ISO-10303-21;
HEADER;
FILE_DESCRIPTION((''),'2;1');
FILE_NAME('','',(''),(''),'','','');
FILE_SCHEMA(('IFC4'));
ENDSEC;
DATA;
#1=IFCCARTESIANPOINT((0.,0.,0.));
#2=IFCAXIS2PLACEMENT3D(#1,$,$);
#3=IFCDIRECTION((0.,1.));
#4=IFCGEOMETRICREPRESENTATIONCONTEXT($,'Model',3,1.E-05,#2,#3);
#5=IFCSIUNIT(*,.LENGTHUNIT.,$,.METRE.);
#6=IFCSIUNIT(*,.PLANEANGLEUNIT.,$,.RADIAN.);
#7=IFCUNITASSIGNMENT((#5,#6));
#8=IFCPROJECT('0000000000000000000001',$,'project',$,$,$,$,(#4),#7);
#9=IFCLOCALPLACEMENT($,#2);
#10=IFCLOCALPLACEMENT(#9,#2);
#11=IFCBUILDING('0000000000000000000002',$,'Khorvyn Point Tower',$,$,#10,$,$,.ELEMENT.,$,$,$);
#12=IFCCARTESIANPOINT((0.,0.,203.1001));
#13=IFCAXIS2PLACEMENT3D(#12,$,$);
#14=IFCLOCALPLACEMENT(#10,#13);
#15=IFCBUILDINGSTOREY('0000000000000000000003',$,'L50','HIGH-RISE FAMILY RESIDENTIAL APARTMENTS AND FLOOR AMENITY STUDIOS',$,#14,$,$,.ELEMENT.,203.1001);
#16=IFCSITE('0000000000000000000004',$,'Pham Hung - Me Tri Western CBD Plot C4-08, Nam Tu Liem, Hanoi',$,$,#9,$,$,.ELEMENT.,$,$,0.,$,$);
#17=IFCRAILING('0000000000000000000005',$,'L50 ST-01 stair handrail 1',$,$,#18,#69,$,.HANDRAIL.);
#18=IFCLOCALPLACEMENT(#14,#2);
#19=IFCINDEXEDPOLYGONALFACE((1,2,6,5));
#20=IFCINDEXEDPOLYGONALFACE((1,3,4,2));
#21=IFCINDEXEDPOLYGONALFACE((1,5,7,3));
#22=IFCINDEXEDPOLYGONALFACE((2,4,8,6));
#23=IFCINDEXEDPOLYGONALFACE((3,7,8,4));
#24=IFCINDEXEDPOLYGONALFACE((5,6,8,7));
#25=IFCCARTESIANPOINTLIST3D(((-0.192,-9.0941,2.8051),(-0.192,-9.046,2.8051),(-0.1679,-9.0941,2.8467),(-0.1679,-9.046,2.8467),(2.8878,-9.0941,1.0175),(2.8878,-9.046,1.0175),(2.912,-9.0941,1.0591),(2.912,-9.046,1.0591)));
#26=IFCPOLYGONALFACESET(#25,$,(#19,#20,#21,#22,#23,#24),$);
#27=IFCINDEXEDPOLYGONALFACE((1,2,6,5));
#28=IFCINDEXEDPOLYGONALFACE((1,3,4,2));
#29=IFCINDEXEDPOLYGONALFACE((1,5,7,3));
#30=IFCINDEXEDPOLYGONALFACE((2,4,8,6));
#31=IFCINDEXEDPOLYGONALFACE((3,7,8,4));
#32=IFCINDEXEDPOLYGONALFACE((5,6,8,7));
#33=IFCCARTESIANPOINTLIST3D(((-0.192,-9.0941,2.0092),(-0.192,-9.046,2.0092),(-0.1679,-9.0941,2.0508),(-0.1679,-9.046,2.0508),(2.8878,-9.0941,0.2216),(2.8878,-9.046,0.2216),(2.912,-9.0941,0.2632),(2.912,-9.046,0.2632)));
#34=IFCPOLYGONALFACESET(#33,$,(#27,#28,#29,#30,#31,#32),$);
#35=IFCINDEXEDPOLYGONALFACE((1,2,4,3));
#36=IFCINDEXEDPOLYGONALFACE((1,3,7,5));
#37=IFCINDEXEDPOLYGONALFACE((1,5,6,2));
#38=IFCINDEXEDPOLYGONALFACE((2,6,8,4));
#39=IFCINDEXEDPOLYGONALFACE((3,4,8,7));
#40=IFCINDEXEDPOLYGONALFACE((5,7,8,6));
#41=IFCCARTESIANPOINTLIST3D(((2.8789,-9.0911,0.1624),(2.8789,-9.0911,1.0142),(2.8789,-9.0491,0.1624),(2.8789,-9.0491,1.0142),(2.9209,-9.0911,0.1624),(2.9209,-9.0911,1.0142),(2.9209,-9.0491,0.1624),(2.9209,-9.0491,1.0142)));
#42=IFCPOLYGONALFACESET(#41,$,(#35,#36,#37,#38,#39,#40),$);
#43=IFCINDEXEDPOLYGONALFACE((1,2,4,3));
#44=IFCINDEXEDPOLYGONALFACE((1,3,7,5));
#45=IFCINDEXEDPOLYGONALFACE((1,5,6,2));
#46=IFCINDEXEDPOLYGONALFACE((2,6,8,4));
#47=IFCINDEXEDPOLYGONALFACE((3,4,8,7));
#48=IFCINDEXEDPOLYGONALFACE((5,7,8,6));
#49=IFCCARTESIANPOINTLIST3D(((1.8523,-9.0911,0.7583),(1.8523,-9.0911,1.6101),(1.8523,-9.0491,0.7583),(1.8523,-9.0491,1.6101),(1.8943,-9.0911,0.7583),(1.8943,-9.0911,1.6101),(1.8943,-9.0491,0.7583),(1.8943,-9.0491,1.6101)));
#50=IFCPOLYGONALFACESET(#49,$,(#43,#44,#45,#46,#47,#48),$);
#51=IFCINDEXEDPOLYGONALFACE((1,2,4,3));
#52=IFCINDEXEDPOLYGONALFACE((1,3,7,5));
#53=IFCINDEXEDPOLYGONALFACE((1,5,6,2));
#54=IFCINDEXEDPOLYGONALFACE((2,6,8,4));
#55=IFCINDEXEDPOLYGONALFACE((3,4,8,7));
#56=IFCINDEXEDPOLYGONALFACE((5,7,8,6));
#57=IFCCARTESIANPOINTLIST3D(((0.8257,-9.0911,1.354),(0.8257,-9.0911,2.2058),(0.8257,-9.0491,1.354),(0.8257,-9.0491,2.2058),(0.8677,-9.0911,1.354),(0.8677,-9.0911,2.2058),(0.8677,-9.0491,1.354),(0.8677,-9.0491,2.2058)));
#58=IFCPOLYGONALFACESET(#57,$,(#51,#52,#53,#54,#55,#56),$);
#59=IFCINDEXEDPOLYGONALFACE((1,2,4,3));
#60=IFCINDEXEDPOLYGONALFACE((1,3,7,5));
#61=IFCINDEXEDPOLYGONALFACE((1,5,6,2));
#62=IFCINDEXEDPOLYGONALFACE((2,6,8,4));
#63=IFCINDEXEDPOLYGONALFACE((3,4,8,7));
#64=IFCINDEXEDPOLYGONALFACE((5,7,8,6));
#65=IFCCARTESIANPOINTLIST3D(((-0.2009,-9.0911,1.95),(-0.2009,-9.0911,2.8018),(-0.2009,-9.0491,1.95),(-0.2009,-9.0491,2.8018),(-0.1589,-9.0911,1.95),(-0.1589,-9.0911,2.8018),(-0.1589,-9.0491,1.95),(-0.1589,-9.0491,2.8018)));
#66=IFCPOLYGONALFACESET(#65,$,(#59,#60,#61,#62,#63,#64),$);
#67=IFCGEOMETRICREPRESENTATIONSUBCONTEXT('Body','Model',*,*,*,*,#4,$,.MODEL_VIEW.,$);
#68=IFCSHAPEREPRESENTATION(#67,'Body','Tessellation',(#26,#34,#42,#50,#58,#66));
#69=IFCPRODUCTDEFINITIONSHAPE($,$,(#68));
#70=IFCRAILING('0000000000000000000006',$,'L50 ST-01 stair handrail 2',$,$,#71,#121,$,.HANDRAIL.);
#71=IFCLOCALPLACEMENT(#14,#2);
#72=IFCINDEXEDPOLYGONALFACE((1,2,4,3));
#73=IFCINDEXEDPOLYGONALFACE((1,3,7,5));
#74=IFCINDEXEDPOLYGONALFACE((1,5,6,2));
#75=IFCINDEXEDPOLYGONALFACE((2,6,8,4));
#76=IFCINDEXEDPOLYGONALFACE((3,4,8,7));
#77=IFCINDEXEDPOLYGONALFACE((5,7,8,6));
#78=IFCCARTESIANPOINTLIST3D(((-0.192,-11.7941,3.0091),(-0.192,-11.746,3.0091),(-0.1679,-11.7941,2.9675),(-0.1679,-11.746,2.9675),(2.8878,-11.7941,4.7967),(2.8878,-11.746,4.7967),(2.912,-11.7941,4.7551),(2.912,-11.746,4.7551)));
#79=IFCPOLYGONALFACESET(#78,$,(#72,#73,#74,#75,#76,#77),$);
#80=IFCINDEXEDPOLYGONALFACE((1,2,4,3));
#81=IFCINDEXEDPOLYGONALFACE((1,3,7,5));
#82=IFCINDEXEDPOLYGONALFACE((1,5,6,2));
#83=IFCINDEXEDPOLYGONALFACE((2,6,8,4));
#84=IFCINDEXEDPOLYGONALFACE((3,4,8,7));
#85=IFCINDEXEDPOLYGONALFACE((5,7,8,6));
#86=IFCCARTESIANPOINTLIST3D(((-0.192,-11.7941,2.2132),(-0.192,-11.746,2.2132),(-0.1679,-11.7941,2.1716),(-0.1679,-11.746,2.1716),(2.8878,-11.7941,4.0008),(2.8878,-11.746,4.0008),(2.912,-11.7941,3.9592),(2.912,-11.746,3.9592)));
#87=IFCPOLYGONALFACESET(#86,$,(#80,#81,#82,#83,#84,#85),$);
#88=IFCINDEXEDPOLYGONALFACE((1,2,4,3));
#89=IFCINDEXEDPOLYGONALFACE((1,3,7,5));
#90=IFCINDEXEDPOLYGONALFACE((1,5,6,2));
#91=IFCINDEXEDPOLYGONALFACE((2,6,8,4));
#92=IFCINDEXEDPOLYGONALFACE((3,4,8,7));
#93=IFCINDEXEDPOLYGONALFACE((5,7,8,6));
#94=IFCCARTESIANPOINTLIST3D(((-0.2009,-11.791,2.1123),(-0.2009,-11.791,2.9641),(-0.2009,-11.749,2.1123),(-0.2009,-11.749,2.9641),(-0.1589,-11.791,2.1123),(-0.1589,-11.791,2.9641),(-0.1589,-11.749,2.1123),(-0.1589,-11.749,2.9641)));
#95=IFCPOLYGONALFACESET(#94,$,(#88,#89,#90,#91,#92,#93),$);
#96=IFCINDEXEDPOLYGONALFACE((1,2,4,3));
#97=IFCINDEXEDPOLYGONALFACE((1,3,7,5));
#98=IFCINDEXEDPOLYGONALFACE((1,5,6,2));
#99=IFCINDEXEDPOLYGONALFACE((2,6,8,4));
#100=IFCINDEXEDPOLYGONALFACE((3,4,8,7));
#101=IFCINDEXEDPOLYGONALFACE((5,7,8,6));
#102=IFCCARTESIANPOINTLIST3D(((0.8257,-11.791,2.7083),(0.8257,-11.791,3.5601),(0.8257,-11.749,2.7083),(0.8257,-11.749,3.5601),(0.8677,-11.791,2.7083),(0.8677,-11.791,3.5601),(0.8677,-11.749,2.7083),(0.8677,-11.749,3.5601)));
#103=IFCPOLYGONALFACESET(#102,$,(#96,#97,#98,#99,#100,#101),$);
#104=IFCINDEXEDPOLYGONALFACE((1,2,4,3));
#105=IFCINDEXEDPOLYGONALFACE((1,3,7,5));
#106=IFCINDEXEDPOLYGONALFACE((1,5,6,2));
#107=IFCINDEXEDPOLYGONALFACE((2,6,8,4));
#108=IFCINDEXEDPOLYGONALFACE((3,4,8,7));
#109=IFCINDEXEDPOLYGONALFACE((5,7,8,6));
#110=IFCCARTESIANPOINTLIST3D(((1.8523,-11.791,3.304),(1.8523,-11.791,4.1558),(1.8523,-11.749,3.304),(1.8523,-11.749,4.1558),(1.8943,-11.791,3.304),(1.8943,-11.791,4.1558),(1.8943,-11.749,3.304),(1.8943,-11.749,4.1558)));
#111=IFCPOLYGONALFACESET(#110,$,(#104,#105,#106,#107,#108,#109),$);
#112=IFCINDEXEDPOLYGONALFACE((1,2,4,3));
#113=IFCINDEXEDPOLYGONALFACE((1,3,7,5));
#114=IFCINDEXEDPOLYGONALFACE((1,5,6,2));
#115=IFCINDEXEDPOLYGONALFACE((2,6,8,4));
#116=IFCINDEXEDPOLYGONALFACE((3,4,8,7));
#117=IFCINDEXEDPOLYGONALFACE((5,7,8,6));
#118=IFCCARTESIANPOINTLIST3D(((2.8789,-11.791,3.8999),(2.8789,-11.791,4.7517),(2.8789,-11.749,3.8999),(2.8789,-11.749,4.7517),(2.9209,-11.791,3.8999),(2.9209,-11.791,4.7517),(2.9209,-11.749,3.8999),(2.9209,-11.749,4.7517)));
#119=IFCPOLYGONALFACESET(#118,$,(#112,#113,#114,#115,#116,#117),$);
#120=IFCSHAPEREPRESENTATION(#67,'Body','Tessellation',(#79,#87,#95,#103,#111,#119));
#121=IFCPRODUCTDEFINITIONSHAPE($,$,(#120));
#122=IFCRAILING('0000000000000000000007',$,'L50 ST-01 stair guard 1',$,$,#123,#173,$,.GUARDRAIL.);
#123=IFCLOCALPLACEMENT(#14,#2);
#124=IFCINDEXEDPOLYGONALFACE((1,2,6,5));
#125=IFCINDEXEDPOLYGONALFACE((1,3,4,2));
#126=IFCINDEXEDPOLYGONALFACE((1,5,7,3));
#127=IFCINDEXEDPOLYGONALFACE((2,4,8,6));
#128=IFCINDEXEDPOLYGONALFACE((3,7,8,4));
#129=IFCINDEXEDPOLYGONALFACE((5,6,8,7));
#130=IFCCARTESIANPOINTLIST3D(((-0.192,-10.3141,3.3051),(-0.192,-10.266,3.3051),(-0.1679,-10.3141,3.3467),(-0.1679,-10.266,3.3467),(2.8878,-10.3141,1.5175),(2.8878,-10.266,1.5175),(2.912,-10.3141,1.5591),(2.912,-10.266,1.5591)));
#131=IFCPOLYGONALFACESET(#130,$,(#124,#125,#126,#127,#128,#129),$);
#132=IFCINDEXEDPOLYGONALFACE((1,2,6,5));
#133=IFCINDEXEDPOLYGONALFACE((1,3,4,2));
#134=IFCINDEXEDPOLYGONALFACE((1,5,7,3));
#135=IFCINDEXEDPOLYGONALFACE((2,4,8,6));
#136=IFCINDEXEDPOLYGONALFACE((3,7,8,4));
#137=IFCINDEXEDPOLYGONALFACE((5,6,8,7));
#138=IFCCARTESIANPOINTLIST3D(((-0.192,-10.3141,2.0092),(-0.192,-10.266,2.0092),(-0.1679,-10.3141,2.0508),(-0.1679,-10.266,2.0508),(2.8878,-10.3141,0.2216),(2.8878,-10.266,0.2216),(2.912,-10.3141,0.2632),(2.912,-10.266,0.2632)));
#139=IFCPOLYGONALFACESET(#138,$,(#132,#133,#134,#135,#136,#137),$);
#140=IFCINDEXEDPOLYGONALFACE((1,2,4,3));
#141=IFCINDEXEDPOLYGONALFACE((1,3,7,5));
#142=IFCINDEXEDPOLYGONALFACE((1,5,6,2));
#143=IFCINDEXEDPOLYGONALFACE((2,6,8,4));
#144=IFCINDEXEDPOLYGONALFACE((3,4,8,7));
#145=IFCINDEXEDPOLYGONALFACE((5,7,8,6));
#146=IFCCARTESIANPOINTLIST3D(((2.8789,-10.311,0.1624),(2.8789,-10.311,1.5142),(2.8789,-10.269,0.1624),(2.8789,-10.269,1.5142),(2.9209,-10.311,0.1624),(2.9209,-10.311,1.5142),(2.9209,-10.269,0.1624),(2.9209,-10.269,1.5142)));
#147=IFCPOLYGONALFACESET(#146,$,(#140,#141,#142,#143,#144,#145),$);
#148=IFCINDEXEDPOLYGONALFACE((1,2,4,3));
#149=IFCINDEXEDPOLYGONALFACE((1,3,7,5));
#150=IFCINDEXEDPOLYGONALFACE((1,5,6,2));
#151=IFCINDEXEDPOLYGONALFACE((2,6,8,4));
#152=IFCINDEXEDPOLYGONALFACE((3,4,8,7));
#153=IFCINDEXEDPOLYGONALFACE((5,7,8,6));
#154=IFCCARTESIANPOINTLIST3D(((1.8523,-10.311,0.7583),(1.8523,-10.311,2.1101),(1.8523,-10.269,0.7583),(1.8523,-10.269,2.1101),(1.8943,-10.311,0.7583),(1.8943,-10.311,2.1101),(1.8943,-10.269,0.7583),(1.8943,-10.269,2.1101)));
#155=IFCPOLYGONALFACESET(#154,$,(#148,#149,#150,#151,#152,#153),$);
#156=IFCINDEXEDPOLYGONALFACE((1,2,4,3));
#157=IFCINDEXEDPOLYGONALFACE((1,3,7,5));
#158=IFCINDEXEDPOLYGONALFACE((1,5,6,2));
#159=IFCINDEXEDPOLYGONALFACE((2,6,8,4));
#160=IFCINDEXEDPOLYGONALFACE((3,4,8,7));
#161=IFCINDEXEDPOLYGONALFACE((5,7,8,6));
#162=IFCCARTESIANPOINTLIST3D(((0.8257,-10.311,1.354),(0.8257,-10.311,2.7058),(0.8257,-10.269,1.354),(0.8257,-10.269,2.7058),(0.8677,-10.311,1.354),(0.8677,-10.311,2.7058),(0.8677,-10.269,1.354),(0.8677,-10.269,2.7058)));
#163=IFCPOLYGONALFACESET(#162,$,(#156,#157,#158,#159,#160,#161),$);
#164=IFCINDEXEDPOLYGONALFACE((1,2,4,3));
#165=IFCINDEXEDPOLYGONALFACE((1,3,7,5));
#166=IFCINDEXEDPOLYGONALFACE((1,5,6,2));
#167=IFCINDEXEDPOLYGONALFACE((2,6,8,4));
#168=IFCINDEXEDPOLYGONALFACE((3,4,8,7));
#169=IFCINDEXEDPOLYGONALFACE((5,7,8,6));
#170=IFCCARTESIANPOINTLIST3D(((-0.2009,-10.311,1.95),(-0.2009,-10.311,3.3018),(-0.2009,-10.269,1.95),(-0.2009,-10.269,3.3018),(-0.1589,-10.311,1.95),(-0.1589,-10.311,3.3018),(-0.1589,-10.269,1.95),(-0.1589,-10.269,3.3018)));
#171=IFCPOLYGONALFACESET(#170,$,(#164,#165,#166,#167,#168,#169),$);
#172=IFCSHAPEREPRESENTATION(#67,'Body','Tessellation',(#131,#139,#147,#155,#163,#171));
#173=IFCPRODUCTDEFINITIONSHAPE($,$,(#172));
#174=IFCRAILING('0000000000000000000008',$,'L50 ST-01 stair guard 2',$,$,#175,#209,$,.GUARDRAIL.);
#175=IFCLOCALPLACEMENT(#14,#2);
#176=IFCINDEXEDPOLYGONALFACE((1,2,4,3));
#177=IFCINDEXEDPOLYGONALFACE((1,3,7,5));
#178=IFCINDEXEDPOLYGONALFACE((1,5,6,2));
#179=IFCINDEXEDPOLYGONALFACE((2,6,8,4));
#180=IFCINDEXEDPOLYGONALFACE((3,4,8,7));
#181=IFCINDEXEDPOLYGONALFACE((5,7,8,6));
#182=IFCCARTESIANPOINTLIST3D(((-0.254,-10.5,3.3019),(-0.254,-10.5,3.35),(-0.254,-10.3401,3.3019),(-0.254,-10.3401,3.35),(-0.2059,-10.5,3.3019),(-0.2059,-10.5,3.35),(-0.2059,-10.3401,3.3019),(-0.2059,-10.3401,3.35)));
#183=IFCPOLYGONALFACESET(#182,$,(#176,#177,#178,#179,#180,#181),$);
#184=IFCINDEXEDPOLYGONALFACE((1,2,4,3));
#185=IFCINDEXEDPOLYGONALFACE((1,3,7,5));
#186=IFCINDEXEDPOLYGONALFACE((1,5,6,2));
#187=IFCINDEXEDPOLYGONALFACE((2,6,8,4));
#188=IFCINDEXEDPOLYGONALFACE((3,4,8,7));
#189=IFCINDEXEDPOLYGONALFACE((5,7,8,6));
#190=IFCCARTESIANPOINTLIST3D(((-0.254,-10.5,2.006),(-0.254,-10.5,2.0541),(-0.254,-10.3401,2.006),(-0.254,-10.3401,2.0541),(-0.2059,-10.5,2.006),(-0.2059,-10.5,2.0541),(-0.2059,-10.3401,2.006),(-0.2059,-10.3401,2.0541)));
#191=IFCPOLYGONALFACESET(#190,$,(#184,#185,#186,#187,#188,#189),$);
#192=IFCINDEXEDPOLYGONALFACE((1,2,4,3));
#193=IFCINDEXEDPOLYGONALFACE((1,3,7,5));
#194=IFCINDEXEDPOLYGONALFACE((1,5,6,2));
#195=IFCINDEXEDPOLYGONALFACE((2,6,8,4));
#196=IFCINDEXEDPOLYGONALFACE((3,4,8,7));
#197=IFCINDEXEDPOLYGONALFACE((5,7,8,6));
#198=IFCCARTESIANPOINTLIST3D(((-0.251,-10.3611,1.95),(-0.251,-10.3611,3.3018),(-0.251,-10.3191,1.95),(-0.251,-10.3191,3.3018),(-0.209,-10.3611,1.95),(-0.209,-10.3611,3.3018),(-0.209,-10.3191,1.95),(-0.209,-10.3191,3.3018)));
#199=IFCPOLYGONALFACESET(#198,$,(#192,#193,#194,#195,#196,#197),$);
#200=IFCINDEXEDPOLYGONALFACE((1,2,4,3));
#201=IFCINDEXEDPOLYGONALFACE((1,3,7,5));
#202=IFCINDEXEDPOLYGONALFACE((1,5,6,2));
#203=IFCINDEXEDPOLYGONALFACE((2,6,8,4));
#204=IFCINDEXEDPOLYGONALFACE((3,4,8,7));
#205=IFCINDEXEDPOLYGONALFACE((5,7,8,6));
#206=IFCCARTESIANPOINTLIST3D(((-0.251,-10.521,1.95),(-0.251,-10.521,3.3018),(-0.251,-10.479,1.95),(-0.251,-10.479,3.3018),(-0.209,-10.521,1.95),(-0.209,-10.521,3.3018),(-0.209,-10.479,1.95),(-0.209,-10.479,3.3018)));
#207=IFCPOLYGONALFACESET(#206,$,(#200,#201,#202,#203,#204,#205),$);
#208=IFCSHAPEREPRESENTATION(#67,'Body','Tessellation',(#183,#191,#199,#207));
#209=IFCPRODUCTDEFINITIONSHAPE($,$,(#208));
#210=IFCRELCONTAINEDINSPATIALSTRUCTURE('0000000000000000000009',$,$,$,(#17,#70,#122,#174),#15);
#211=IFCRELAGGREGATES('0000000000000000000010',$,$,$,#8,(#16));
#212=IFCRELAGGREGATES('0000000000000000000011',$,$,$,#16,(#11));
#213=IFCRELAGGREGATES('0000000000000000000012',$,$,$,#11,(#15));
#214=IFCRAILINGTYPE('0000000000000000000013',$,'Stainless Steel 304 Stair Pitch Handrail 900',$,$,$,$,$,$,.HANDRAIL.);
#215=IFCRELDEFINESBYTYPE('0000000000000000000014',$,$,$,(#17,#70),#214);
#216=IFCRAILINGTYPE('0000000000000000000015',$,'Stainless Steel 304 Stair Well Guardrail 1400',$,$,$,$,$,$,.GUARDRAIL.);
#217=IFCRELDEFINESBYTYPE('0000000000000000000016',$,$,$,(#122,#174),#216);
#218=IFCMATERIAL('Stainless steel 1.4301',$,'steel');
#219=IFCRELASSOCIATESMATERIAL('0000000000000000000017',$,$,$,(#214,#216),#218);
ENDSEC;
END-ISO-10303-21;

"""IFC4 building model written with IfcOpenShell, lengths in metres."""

from ifc_helpers import new_model, si_unit, direction, frame, origin, origin_2d, place, context, subcontext, project, spatial, rectangle, extrude, material, type_object, element, save


model = new_model("IFC4")

# Units and contexts
model_context = context("Model", 3, precision=1e-05, world=origin(), true_north=direction((0.0, 1.0)))
body_context = subcontext(model_context, "Body", "Model", "MODEL_VIEW")
ifc_project = project(units=[si_unit("LENGTHUNIT", "METRE"), si_unit("PLANEANGLEUNIT", "RADIAN")], contexts=[model_context])

# Site, building, storey
site_placement = place(None, origin())
site = spatial("IfcSite", under=ifc_project, at=site_placement, Name="Pham Hung - Me Tri Western CBD Plot C4-08, Nam Tu Liem, Hanoi", CompositionType="ELEMENT", RefElevation=0.0)
building_placement = place(site_placement, origin())
building = spatial("IfcBuilding", under=site, at=building_placement, Name="Khorvyn Point Tower", CompositionType="ELEMENT")
storey_placement = place(building_placement, frame((0.0, 0.0, 203.1001)))
storey = spatial("IfcBuildingStorey", under=building, at=storey_placement, Name="L50", Description="HIGH-RISE FAMILY RESIDENTIAL APARTMENTS AND FLOOR AMENITY STUDIOS", CompositionType="ELEMENT", Elevation=203.1001)

# Shared definitions
ifc_material_1 = material(Name="Stainless steel 1.4301", Category="steel")

# Railings
railing_type_1 = type_object("IfcRailingType", Name="Stainless Steel 304 Stair Pitch Handrail 900", PredefinedType="HANDRAIL", material=ifc_material_1)
railing_1_placement = place(storey_placement, frame((2.8999, -9.0701, 0.1624)))
element("IfcRailing", 1, at=railing_1_placement, inside=storey, type_object=railing_type_1, Name="L50 ST-01 stair handrail 1", PredefinedType="HANDRAIL", context=body_context, shape_type="SweptSolid", body=[
    extrude(rectangle(XDim=0.0481, YDim=0.0481, at=origin_2d()), frame((0.0, 0.0, 0.876), z_axis=(-0.864873, 0.0, 0.50199), x_axis=(0.0, -1.0, 0.0)), (0.0, 0.0, 1.0), 3.561),
    extrude(rectangle(XDim=0.0481, YDim=0.0481, at=origin_2d()), frame((0.0, 0.0, 0.0801), z_axis=(-0.864873, 0.0, 0.50199), x_axis=(0.0, -1.0, 0.0)), (0.0, 0.0, 1.0), 3.561),
    extrude(rectangle(XDim=0.042, YDim=0.042, at=origin_2d()), origin(), (0.0, 0.0, 1.0), 0.8518),
    extrude(rectangle(XDim=0.042, YDim=0.042, at=origin_2d()), frame((-1.0266, 0.0, 0.5959)), (0.0, 0.0, 1.0), 0.8518),
    extrude(rectangle(XDim=0.042, YDim=0.042, at=origin_2d()), frame((-2.0532, 0.0, 1.1917)), (0.0, 0.0, 1.0), 0.8518),
    extrude(rectangle(XDim=0.042, YDim=0.042, at=origin_2d()), frame((-3.0798, 0.0, 1.7876)), (0.0, 0.0, 1.0), 0.8518),
])
railing_2_placement = place(storey_placement, frame((-0.1799, -11.77, 2.1123)))
element("IfcRailing", 2, at=railing_2_placement, inside=storey, type_object=railing_type_1, Name="L50 ST-01 stair handrail 2", PredefinedType="HANDRAIL", context=body_context, shape_type="SweptSolid", body=[
    extrude(rectangle(XDim=0.0481, YDim=0.0481, at=origin_2d()), frame((0.0, 0.0, 0.876), z_axis=(0.864873, 0.0, 0.50199), x_axis=(0.0, 1.0, 0.0)), (0.0, 0.0, 1.0), 3.561),
    extrude(rectangle(XDim=0.0481, YDim=0.0481, at=origin_2d()), frame((0.0, 0.0, 0.0801), z_axis=(0.864873, 0.0, 0.50199), x_axis=(0.0, 1.0, 0.0)), (0.0, 0.0, 1.0), 3.561),
    extrude(rectangle(XDim=0.042, YDim=0.042, at=origin_2d()), origin(), (0.0, 0.0, 1.0), 0.8518),
    extrude(rectangle(XDim=0.042, YDim=0.042, at=origin_2d()), frame((1.0266, 0.0, 0.5959)), (0.0, 0.0, 1.0), 0.8518),
    extrude(rectangle(XDim=0.042, YDim=0.042, at=origin_2d()), frame((2.0532, 0.0, 1.1917)), (0.0, 0.0, 1.0), 0.8518),
    extrude(rectangle(XDim=0.042, YDim=0.042, at=origin_2d()), frame((3.0798, 0.0, 1.7876)), (0.0, 0.0, 1.0), 0.8518),
])
railing_type_2 = type_object("IfcRailingType", Name="Stainless Steel 304 Stair Well Guardrail 1400", PredefinedType="GUARDRAIL", material=ifc_material_1)
railing_3_placement = place(storey_placement, frame((2.8999, -10.29, 0.1624)))
element("IfcRailing", 3, at=railing_3_placement, inside=storey, type_object=railing_type_2, Name="L50 ST-01 stair guard 1", PredefinedType="GUARDRAIL", context=body_context, shape_type="SweptSolid", body=[
    extrude(rectangle(XDim=0.0481, YDim=0.0481, at=origin_2d()), frame((0.0, 0.0, 1.376), z_axis=(-0.864873, 0.0, 0.50199), x_axis=(0.0, -1.0, 0.0)), (0.0, 0.0, 1.0), 3.561),
    extrude(rectangle(XDim=0.0481, YDim=0.0481, at=origin_2d()), frame((0.0, 0.0, 0.0801), z_axis=(-0.864873, 0.0, 0.50199), x_axis=(0.0, -1.0, 0.0)), (0.0, 0.0, 1.0), 3.561),
    extrude(rectangle(XDim=0.042, YDim=0.042, at=origin_2d()), origin(), (0.0, 0.0, 1.0), 1.3518),
    extrude(rectangle(XDim=0.042, YDim=0.042, at=origin_2d()), frame((-1.0266, 0.0, 0.5959)), (0.0, 0.0, 1.0), 1.3518),
    extrude(rectangle(XDim=0.042, YDim=0.042, at=origin_2d()), frame((-2.0532, 0.0, 1.1917)), (0.0, 0.0, 1.0), 1.3518),
    extrude(rectangle(XDim=0.042, YDim=0.042, at=origin_2d()), frame((-3.0798, 0.0, 1.7876)), (0.0, 0.0, 1.0), 1.3518),
])
railing_4_placement = place(storey_placement, frame((-0.23, -10.3401, 1.95)))
element("IfcRailing", 4, at=railing_4_placement, inside=storey, type_object=railing_type_2, Name="L50 ST-01 stair guard 2", PredefinedType="GUARDRAIL", context=body_context, shape_type="SweptSolid", body=[
    extrude(rectangle(XDim=0.0481, YDim=0.0481, at=origin_2d()), frame((0.0, 0.0, 1.376), z_axis=(0.0, -1.0, 0.0), x_axis=(1.0, 0.0, 0.0)), (0.0, 0.0, 1.0), 0.1599),
    extrude(rectangle(XDim=0.0481, YDim=0.0481, at=origin_2d()), frame((0.0, 0.0, 0.0801), z_axis=(0.0, -1.0, 0.0), x_axis=(1.0, 0.0, 0.0)), (0.0, 0.0, 1.0), 0.1599),
    extrude(rectangle(XDim=0.042, YDim=0.042, at=origin_2d()), origin(), (0.0, 0.0, 1.0), 1.3518),
    extrude(rectangle(XDim=0.042, YDim=0.042, at=origin_2d()), frame((0.0, -0.1599, 0.0)), (0.0, 0.0, 1.0), 1.3518),
])

save(model, "model.ifc")
